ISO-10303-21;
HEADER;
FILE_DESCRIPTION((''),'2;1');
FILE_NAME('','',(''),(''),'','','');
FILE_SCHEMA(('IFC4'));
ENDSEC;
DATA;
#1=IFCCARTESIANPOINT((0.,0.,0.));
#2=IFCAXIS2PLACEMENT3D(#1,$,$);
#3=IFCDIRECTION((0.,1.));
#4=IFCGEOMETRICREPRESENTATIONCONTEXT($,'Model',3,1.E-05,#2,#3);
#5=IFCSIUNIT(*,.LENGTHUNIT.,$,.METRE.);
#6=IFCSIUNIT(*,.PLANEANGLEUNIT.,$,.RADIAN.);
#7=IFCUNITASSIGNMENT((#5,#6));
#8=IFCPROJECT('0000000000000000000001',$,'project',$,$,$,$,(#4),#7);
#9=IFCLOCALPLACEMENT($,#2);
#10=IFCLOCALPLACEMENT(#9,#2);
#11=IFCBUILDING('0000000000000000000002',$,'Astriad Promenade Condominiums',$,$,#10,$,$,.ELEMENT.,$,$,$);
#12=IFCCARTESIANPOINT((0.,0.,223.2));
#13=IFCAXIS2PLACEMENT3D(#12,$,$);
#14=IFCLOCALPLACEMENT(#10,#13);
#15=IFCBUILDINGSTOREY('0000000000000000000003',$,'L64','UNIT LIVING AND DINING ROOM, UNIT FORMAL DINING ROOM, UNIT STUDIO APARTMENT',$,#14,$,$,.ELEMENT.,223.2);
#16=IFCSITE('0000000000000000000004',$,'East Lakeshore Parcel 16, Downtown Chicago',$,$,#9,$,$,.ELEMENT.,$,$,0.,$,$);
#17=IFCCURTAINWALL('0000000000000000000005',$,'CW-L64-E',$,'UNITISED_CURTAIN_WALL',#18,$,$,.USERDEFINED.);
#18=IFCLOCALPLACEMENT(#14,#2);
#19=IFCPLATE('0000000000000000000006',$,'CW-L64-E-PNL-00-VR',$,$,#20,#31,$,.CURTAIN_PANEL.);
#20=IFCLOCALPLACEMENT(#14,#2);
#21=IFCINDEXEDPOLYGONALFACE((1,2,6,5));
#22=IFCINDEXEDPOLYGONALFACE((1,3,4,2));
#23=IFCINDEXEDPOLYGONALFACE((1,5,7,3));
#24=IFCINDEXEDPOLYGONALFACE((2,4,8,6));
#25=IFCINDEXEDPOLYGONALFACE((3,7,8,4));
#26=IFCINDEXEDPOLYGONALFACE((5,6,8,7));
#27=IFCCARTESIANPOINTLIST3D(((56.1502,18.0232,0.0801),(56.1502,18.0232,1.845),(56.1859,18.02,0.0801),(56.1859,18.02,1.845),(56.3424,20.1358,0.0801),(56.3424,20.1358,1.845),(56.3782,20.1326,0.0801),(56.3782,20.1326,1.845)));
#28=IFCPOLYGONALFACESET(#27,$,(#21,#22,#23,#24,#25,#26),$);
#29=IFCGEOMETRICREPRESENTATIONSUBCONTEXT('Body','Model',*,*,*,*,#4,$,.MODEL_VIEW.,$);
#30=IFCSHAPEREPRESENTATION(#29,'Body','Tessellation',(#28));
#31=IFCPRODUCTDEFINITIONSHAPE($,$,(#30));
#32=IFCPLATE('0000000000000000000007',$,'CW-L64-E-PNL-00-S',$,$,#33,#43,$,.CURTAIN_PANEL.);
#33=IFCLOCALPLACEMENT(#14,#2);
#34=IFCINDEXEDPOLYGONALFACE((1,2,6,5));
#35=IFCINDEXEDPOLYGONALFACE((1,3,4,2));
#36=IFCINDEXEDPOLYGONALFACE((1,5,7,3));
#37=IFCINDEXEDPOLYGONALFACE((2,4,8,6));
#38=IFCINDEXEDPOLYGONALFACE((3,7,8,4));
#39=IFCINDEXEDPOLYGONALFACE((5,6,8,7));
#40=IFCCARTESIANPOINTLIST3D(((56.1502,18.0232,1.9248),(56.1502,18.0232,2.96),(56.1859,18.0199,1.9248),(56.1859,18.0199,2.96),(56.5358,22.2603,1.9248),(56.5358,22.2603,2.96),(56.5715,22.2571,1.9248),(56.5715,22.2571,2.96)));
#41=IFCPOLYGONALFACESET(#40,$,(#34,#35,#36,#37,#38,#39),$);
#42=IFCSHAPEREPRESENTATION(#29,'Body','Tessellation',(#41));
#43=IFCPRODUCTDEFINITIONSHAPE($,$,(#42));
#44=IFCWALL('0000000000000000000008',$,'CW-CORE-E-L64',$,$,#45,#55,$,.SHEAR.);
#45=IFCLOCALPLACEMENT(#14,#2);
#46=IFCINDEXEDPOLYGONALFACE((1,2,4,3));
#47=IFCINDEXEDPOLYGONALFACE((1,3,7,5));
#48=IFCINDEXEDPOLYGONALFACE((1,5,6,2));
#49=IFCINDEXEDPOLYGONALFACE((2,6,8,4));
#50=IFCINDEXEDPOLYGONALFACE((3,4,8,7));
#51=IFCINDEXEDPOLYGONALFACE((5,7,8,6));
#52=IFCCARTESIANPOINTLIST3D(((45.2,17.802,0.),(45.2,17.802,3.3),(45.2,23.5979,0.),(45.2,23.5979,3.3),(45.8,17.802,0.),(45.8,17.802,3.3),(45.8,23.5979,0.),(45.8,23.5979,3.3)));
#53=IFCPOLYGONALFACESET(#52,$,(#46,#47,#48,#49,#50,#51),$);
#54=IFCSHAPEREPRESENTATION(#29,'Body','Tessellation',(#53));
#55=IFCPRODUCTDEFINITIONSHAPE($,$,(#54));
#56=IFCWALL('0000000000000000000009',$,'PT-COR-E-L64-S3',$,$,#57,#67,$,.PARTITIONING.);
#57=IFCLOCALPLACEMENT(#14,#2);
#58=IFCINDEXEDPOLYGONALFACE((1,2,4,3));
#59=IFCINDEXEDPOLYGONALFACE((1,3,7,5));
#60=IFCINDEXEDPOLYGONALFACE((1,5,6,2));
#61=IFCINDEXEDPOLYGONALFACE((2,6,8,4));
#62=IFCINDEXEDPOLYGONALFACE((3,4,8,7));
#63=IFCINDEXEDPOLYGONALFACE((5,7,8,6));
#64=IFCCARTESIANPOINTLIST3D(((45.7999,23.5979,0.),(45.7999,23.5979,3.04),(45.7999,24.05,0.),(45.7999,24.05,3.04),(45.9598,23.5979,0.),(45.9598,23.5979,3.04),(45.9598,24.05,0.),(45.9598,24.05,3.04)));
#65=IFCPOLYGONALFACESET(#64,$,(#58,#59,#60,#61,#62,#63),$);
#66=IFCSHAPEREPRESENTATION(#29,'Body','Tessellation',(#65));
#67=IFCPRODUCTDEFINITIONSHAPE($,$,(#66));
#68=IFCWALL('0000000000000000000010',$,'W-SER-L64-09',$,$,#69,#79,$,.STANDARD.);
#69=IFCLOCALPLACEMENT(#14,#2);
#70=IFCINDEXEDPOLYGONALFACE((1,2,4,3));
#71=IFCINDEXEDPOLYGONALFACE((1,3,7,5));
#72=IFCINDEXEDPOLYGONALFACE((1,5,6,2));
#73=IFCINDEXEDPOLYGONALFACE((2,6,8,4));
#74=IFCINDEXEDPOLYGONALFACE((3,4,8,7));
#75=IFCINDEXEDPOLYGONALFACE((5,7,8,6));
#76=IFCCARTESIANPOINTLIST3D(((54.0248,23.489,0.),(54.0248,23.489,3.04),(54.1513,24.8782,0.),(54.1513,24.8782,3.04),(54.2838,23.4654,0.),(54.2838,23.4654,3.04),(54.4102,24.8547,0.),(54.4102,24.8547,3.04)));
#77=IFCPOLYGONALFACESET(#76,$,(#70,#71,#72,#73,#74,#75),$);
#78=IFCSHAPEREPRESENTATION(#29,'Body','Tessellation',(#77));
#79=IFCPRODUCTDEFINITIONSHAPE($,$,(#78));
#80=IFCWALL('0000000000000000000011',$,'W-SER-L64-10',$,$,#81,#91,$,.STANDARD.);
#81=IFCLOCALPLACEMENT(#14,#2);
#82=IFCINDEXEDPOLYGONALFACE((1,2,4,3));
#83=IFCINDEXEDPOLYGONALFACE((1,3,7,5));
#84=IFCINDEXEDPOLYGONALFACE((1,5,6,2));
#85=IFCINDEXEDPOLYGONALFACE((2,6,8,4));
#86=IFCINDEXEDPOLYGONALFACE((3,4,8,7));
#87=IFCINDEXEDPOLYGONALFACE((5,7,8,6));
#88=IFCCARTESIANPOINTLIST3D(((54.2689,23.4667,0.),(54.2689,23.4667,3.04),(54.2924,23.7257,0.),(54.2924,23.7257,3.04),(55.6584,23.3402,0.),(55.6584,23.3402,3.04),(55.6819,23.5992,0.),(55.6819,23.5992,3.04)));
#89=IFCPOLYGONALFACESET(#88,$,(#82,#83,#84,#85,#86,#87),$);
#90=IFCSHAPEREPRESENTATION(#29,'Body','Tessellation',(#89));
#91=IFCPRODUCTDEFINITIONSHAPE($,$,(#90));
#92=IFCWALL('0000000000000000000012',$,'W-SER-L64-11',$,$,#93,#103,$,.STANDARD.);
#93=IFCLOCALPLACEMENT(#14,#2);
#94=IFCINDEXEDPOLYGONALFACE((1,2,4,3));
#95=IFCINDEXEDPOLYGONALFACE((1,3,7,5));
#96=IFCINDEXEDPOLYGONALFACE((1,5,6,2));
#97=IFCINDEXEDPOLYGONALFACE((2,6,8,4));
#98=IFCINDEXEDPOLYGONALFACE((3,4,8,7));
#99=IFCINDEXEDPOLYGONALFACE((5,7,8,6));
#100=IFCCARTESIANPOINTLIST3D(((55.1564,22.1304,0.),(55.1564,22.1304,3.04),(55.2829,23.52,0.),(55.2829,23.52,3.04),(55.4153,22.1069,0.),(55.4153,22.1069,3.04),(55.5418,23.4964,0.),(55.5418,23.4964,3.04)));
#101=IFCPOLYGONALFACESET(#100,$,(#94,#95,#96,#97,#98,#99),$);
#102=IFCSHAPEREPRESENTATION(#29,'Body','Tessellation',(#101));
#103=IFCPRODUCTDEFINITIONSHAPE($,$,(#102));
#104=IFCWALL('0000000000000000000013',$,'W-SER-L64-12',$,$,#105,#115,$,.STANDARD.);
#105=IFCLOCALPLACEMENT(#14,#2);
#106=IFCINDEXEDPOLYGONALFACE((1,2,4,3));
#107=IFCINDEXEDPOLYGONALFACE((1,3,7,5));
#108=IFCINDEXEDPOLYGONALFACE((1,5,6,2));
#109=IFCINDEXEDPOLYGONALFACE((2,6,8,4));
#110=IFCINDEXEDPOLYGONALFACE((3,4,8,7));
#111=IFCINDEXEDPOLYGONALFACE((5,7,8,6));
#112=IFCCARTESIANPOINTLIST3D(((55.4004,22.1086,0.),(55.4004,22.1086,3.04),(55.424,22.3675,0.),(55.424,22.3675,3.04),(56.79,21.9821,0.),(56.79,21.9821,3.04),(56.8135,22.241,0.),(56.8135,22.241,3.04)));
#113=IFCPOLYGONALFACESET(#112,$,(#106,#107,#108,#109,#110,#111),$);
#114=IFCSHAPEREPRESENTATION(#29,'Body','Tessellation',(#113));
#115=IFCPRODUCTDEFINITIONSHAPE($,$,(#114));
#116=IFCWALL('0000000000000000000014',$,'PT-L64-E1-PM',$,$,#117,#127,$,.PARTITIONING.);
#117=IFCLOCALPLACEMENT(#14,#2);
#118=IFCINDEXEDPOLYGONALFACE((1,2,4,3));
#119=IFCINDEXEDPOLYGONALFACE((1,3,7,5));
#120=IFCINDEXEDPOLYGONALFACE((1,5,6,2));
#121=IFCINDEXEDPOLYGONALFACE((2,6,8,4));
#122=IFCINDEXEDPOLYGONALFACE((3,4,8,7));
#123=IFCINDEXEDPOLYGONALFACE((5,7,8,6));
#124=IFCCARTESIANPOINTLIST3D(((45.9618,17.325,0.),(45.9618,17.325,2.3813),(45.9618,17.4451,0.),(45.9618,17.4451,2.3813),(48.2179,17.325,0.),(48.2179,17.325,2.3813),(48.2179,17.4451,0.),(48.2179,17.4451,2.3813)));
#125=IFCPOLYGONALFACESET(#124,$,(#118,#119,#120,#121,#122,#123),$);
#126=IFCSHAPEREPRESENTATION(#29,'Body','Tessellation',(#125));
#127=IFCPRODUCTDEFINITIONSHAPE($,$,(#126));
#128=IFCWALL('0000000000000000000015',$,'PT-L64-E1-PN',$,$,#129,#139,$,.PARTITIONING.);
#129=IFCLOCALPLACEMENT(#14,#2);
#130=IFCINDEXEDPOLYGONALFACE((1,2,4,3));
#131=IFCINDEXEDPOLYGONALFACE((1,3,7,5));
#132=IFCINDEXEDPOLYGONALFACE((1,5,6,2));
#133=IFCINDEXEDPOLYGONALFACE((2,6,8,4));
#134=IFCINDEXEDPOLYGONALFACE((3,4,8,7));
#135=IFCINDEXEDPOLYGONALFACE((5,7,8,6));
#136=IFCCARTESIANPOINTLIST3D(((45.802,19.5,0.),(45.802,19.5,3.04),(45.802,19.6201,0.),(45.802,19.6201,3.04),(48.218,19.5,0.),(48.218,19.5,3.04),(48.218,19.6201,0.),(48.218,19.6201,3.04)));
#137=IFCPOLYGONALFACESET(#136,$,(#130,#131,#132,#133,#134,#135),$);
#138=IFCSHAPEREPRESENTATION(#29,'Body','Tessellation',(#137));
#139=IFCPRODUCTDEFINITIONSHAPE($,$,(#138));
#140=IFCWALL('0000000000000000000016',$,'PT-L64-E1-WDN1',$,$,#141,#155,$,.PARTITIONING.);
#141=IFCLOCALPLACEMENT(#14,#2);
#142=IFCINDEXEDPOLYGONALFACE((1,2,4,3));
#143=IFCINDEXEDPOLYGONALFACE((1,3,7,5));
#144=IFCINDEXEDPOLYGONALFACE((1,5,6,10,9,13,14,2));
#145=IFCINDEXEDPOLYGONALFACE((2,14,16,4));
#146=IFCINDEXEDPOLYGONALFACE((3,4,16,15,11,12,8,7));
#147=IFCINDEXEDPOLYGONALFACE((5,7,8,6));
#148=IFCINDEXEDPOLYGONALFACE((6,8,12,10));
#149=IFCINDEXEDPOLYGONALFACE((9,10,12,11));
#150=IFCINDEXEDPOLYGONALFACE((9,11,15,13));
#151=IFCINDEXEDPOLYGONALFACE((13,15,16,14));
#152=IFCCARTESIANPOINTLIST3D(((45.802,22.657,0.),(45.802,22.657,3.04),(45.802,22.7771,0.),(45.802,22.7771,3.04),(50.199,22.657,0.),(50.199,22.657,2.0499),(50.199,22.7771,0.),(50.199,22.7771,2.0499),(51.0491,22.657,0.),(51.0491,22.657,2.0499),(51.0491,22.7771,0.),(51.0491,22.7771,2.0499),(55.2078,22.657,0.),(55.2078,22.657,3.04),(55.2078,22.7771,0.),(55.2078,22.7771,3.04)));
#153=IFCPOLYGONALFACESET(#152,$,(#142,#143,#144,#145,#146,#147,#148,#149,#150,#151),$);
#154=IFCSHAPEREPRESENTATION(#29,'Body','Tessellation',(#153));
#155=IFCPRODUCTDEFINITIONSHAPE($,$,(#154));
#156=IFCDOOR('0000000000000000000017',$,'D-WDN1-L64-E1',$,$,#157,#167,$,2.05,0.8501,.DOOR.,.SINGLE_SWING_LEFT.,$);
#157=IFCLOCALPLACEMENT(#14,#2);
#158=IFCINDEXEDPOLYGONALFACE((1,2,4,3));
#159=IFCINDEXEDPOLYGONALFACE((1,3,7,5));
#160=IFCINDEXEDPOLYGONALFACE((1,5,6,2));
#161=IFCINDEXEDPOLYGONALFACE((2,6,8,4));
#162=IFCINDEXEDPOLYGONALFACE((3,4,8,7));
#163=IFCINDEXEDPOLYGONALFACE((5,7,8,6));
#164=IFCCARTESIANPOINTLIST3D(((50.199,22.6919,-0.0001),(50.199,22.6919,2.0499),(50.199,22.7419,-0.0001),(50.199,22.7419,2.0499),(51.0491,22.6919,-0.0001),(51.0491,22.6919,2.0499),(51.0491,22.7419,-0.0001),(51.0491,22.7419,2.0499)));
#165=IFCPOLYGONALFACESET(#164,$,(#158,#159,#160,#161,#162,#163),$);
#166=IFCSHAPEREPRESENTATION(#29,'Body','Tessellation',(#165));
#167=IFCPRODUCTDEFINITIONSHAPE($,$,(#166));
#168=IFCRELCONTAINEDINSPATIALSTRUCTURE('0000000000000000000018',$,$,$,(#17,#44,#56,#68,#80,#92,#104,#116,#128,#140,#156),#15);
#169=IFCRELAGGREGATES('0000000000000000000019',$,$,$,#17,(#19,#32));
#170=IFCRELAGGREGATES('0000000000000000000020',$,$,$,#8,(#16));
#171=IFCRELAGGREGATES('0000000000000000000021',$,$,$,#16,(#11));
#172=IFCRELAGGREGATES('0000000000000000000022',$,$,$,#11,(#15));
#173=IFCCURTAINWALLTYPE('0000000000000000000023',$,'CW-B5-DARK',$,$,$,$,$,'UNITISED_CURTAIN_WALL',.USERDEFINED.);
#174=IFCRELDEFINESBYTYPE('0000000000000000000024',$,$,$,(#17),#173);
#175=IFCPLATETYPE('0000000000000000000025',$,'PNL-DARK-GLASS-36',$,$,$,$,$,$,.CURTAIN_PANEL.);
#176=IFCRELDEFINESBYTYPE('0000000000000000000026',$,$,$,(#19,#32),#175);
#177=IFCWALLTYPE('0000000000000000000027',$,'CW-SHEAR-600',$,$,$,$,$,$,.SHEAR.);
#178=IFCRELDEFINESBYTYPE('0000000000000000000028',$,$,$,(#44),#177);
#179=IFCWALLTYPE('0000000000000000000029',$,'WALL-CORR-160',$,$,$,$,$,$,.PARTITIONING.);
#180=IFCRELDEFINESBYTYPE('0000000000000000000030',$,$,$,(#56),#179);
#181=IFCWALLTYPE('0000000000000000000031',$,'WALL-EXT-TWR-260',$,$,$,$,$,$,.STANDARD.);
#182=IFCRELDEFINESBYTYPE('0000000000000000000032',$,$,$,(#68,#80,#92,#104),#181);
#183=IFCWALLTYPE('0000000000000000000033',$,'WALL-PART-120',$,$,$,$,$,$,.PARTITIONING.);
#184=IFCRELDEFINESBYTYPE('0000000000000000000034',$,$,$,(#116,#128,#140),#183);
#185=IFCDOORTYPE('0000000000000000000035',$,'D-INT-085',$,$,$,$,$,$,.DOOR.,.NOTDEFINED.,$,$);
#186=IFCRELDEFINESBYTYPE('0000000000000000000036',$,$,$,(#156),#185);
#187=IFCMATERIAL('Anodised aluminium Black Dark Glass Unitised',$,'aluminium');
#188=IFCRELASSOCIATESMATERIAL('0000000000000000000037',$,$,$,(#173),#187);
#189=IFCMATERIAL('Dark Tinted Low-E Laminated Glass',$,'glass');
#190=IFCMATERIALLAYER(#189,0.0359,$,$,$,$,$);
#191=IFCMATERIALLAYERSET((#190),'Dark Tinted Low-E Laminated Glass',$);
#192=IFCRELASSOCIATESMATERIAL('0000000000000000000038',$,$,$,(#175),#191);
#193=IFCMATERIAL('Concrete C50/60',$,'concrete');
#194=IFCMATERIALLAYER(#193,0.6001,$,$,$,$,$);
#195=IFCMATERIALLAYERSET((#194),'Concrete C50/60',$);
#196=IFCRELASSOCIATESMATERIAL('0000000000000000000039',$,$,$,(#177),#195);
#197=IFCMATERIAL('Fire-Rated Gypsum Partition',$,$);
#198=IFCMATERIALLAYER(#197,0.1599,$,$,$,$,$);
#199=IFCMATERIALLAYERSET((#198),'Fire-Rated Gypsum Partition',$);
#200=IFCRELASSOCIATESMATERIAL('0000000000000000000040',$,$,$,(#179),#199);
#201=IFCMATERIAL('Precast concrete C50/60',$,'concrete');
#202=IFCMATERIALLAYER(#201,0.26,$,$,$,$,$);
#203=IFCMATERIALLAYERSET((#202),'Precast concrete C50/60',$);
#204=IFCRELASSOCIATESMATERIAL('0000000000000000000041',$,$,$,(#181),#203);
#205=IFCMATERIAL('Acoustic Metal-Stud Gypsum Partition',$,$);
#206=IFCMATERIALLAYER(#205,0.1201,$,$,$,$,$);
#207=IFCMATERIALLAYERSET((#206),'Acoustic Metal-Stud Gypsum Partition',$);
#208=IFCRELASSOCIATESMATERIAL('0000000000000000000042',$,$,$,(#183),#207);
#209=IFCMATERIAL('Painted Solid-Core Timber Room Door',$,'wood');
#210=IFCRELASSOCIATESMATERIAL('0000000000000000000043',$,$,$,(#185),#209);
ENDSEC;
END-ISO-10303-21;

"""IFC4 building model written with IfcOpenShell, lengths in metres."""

from ifc_helpers import new_model, si_unit, direction, frame, frame_2d, origin, origin_2d, place, context, subcontext, project, spatial, rectangle, extrude, source, transform, mapped, material, layer, layer_set, type_object, type_shapes, element, fill, aggregate, save


model = new_model("IFC4")

# Units and contexts
model_context = context("Model", 3, precision=1e-05, world=origin(), true_north=direction((0.0, 1.0)))
body_context = subcontext(model_context, "Body", "Model", "MODEL_VIEW")
ifc_project = project(units=[si_unit("LENGTHUNIT", "METRE"), si_unit("PLANEANGLEUNIT", "RADIAN")], contexts=[model_context])

# Site, building, storey
site_placement = place(None, origin())
site = spatial("IfcSite", under=ifc_project, at=site_placement, Name="East Lakeshore Parcel 16, Downtown Chicago", CompositionType="ELEMENT", RefElevation=0.0)
building_placement = place(site_placement, origin())
building = spatial("IfcBuilding", under=site, at=building_placement, Name="Astriad Promenade Condominiums", CompositionType="ELEMENT")
storey_placement = place(building_placement, frame((0.0, 0.0, 223.2)))
storey = spatial("IfcBuildingStorey", under=building, at=storey_placement, Name="L64", Description="UNIT LIVING AND DINING ROOM, UNIT FORMAL DINING ROOM, UNIT STUDIO APARTMENT", CompositionType="ELEMENT", Elevation=223.2)

# Shared definitions
ifc_material_1 = material(Name="Concrete C50/60", Category="concrete")

# Curtain wall, plates
ifc_material_2 = material(Name="Anodised aluminium Black Dark Glass Unitised", Category="aluminium")
curtain_wall_type = type_object("IfcCurtainWallType", Name="CW-B5-DARK", ElementType="UNITISED_CURTAIN_WALL", PredefinedType="USERDEFINED", material=ifc_material_2)
curtain_wall_placement = place(storey_placement, origin())
curtain_wall = element("IfcCurtainWall", 1, at=curtain_wall_placement, inside=storey, type_object=curtain_wall_type, Name="CW-L64-E", ObjectType="UNITISED_CURTAIN_WALL", PredefinedType="USERDEFINED")
ifc_material_3 = material(Name="Dark Tinted Low-E Laminated Glass", Category="glass")
ifc_layer_1 = layer(ifc_material_3, 0.0359)
ifc_layer_set_1 = layer_set([ifc_layer_1], Name="Dark Tinted Low-E Laminated Glass")
plate_type = type_object("IfcPlateType", Name="PNL-DARK-GLASS-36", PredefinedType="CURTAIN_PANEL", material=ifc_layer_set_1)
shared_shape_1 = source(origin(), body_context, "Body", "SweptSolid", [
    extrude(rectangle(XDim=2.1213, YDim=0.0359, at=origin_2d()), origin(), (0.0, 0.0, 1.0), 1.7649),
])
plate_1_placement = place(storey_placement, frame((56.2642, 19.0779, 0.0801), z_axis=(0.0, 0.0, 1.0), x_axis=(-0.090633, -0.995884, 0.0)))
plate_1 = element("IfcPlate", 2, at=plate_1_placement, type_object=plate_type, Name="CW-L64-E-PNL-00-VR", PredefinedType="CURTAIN_PANEL", context=body_context, shape_type="MappedRepresentation", body=[
    mapped(shared_shape_1, transform((0.0, 0.0, 0.0), scale=1.0)),
])
shared_shape_2 = source(origin(), body_context, "Body", "SweptSolid", [
    extrude(rectangle(XDim=4.2546, YDim=0.0359, at=origin_2d()), origin(), (0.0, 0.0, 1.0), 1.0352),
])
type_shapes(plate_type, [shared_shape_1, shared_shape_2])
plate_2_placement = place(storey_placement, frame((56.3608, 20.1401, 1.9248), z_axis=(0.0, 0.0, 1.0), x_axis=(-0.090633, -0.995884, 0.0)))
plate_2 = element("IfcPlate", 3, at=plate_2_placement, type_object=plate_type, Name="CW-L64-E-PNL-00-S", PredefinedType="CURTAIN_PANEL", context=body_context, shape_type="MappedRepresentation", body=[
    mapped(shared_shape_2, transform((0.0, 0.0, 0.0), scale=1.0)),
])
aggregate(curtain_wall, [plate_1, plate_2])

# Walls
ifc_layer_2 = layer(ifc_material_1, 0.6001)
ifc_layer_set_2 = layer_set([ifc_layer_2], Name="Concrete C50/60")
wall_type_1 = type_object("IfcWallType", Name="CW-SHEAR-600", PredefinedType="SHEAR", material=ifc_layer_set_2)
wall_1_placement = place(storey_placement, frame((45.5, 17.802, 0.0), z_axis=(0.0, 0.0, 1.0), x_axis=(0.0, 1.0, 0.0)))
element("IfcWall", 4, at=wall_1_placement, inside=storey, type_object=wall_type_1, Name="CW-CORE-E-L64", PredefinedType="SHEAR", context=body_context, shape_type="SweptSolid", body=[
    extrude(rectangle(XDim=5.7959, YDim=0.6001, at=frame_2d((2.8979, 0.0))), origin(), (0.0, 0.0, 1.0), 3.3),
])
ifc_material_4 = material(Name="Fire-Rated Gypsum Partition")
ifc_layer_3 = layer(ifc_material_4, 0.1599)
ifc_layer_set_3 = layer_set([ifc_layer_3], Name="Fire-Rated Gypsum Partition")
wall_type_2 = type_object("IfcWallType", Name="WALL-CORR-160", PredefinedType="PARTITIONING", material=ifc_layer_set_3)
wall_2_placement = place(storey_placement, frame((45.8799, 23.5979, 0.0), z_axis=(0.0, 0.0, 1.0), x_axis=(0.0, 1.0, 0.0)))
element("IfcWall", 5, at=wall_2_placement, inside=storey, type_object=wall_type_2, Name="PT-COR-E-L64-S3", PredefinedType="PARTITIONING", context=body_context, shape_type="SweptSolid", body=[
    extrude(rectangle(XDim=0.4521, YDim=0.1599, at=frame_2d((0.2261, 0.0))), origin(), (0.0, 0.0, 1.0), 3.04),
])
ifc_material_5 = material(Name="Precast concrete C50/60", Category="concrete")
ifc_layer_4 = layer(ifc_material_5, 0.26)
ifc_layer_set_4 = layer_set([ifc_layer_4], Name="Precast concrete C50/60")
wall_type_3 = type_object("IfcWallType", Name="WALL-EXT-TWR-260", PredefinedType="STANDARD", material=ifc_layer_set_4)
wall_3_placement = place(storey_placement, frame((54.2808, 24.8665, 0.0), z_axis=(0.0, 0.0, 1.0), x_axis=(-0.090662, -0.995882, 0.0)))
element("IfcWall", 6, at=wall_3_placement, inside=storey, type_object=wall_type_3, Name="W-SER-L64-09", PredefinedType="STANDARD", context=body_context, shape_type="SweptSolid", body=[
    extrude(rectangle(XDim=1.395, YDim=0.26, at=frame_2d((0.6975, 0.0))), origin(), (0.0, 0.0, 1.0), 3.04),
])
for number, where, z_axis, x_axis, name in (
    (7, (54.2805, 23.5962, 0.0), (0.0, 0.0, 1.0), (0.995883, -0.090646, 0.0), "W-SER-L64-10"),
    (8, (55.4124, 23.5083, 0.0), (0.0, 0.0, 1.0), (-0.090646, -0.995883, 0.0), "W-SER-L64-11"),
    (9, (55.4121, 22.238, 0.0), (0.0, 0.0, 1.0), (0.995883, -0.090646, 0.0), "W-SER-L64-12"),
):
    element("IfcWall", number, at=place(storey_placement, frame(where, z_axis=z_axis, x_axis=x_axis)), inside=storey, type_object=wall_type_3, Name=name, PredefinedType="STANDARD", context=body_context, shape_type="SweptSolid", body=[
        extrude(rectangle(XDim=1.3953, YDim=0.26, at=frame_2d((0.6978, 0.0))), origin(), (0.0, 0.0, 1.0), 3.04),
    ])
ifc_material_6 = material(Name="Acoustic Metal-Stud Gypsum Partition")
ifc_layer_5 = layer(ifc_material_6, 0.1201)
ifc_layer_set_5 = layer_set([ifc_layer_5], Name="Acoustic Metal-Stud Gypsum Partition")
wall_type_4 = type_object("IfcWallType", Name="WALL-PART-120", PredefinedType="PARTITIONING", material=ifc_layer_set_5)
wall_4_placement = place(storey_placement, frame((45.9619, 17.385, 0.0), z_axis=(0.0, 0.0, 1.0), x_axis=(1.0, 0.0, 0.0)))
element("IfcWall", 10, at=wall_4_placement, inside=storey, type_object=wall_type_4, Name="PT-L64-E1-PM", PredefinedType="PARTITIONING", context=body_context, shape_type="SweptSolid", body=[
    extrude(rectangle(XDim=2.2561, YDim=0.1201, at=frame_2d((1.1279, 0.0))), origin(), (0.0, 0.0, 1.0), 2.3813),
])
wall_5_placement = place(storey_placement, frame((45.802, 19.5601, 0.0), z_axis=(0.0, 0.0, 1.0), x_axis=(1.0, 0.0, 0.0)))
element("IfcWall", 11, at=wall_5_placement, inside=storey, type_object=wall_type_4, Name="PT-L64-E1-PN", PredefinedType="PARTITIONING", context=body_context, shape_type="SweptSolid", body=[
    extrude(rectangle(XDim=2.416, YDim=0.1201, at=frame_2d((1.208, 0.0))), origin(), (0.0, 0.0, 1.0), 3.04),
])

# Wall, opening, door
wall_6_placement = place(storey_placement, frame((45.802, 22.717, 0.0), z_axis=(0.0, 0.0, 1.0), x_axis=(1.0, 0.0, 0.0)))
wall_6 = element("IfcWall", 12, at=wall_6_placement, inside=storey, type_object=wall_type_4, Name="PT-L64-E1-WDN1", PredefinedType="PARTITIONING", context=body_context, shape_type="SweptSolid", body=[
    extrude(rectangle(XDim=9.4058, YDim=0.1201, at=frame_2d((4.7029, 0.0))), origin(), (0.0, 0.0, 1.0), 3.04),
])
opening_1_placement = place(wall_6_placement, frame((4.397, 0.0, 0.0)))
opening_1 = element("IfcOpeningElement", 13, at=opening_1_placement, cuts=wall_6, PredefinedType="OPENING", context=body_context, shape_type="SweptSolid", body=[
    extrude(rectangle(XDim=0.8501, YDim=2.05, at=frame_2d((0.425, 1.0249))), frame((0.0, 0.0701, 0.0), z_axis=(0.0, -1.0, 0.0), x_axis=(1.0, 0.0, 0.0)), (0.0, 0.0, 1.0), 0.1401),
])
ifc_material_7 = material(Name="Painted Solid-Core Timber Room Door", Category="wood")
door_type = type_object("IfcDoorType", Name="D-INT-085", OperationType="NOTDEFINED", PredefinedType="DOOR", material=ifc_material_7)
shared_shape_3 = source(origin(), body_context, "Body", "SweptSolid", [
    extrude(rectangle(XDim=0.8501, YDim=2.05, at=frame_2d((0.425, 1.0249))), frame((0.0, 0.0249, 0.0), z_axis=(0.0, -1.0, 0.0), x_axis=(1.0, 0.0, 0.0)), (0.0, 0.0, 1.0), 0.05),
])
type_shapes(door_type, [shared_shape_3])
door_1_placement = place(opening_1_placement, origin())
door_1 = element("IfcDoor", 14, at=door_1_placement, inside=storey, type_object=door_type, Name="D-WDN1-L64-E1", OperationType="SINGLE_SWING_LEFT", OverallHeight=2.05, OverallWidth=0.8501, PredefinedType="DOOR", context=body_context, shape_type="MappedRepresentation", body=[
    mapped(shared_shape_3, transform((0.0, 0.0, 0.0), scale=1.0)),
])
fill(opening_1, door_1)

save(model, "model.ifc")
